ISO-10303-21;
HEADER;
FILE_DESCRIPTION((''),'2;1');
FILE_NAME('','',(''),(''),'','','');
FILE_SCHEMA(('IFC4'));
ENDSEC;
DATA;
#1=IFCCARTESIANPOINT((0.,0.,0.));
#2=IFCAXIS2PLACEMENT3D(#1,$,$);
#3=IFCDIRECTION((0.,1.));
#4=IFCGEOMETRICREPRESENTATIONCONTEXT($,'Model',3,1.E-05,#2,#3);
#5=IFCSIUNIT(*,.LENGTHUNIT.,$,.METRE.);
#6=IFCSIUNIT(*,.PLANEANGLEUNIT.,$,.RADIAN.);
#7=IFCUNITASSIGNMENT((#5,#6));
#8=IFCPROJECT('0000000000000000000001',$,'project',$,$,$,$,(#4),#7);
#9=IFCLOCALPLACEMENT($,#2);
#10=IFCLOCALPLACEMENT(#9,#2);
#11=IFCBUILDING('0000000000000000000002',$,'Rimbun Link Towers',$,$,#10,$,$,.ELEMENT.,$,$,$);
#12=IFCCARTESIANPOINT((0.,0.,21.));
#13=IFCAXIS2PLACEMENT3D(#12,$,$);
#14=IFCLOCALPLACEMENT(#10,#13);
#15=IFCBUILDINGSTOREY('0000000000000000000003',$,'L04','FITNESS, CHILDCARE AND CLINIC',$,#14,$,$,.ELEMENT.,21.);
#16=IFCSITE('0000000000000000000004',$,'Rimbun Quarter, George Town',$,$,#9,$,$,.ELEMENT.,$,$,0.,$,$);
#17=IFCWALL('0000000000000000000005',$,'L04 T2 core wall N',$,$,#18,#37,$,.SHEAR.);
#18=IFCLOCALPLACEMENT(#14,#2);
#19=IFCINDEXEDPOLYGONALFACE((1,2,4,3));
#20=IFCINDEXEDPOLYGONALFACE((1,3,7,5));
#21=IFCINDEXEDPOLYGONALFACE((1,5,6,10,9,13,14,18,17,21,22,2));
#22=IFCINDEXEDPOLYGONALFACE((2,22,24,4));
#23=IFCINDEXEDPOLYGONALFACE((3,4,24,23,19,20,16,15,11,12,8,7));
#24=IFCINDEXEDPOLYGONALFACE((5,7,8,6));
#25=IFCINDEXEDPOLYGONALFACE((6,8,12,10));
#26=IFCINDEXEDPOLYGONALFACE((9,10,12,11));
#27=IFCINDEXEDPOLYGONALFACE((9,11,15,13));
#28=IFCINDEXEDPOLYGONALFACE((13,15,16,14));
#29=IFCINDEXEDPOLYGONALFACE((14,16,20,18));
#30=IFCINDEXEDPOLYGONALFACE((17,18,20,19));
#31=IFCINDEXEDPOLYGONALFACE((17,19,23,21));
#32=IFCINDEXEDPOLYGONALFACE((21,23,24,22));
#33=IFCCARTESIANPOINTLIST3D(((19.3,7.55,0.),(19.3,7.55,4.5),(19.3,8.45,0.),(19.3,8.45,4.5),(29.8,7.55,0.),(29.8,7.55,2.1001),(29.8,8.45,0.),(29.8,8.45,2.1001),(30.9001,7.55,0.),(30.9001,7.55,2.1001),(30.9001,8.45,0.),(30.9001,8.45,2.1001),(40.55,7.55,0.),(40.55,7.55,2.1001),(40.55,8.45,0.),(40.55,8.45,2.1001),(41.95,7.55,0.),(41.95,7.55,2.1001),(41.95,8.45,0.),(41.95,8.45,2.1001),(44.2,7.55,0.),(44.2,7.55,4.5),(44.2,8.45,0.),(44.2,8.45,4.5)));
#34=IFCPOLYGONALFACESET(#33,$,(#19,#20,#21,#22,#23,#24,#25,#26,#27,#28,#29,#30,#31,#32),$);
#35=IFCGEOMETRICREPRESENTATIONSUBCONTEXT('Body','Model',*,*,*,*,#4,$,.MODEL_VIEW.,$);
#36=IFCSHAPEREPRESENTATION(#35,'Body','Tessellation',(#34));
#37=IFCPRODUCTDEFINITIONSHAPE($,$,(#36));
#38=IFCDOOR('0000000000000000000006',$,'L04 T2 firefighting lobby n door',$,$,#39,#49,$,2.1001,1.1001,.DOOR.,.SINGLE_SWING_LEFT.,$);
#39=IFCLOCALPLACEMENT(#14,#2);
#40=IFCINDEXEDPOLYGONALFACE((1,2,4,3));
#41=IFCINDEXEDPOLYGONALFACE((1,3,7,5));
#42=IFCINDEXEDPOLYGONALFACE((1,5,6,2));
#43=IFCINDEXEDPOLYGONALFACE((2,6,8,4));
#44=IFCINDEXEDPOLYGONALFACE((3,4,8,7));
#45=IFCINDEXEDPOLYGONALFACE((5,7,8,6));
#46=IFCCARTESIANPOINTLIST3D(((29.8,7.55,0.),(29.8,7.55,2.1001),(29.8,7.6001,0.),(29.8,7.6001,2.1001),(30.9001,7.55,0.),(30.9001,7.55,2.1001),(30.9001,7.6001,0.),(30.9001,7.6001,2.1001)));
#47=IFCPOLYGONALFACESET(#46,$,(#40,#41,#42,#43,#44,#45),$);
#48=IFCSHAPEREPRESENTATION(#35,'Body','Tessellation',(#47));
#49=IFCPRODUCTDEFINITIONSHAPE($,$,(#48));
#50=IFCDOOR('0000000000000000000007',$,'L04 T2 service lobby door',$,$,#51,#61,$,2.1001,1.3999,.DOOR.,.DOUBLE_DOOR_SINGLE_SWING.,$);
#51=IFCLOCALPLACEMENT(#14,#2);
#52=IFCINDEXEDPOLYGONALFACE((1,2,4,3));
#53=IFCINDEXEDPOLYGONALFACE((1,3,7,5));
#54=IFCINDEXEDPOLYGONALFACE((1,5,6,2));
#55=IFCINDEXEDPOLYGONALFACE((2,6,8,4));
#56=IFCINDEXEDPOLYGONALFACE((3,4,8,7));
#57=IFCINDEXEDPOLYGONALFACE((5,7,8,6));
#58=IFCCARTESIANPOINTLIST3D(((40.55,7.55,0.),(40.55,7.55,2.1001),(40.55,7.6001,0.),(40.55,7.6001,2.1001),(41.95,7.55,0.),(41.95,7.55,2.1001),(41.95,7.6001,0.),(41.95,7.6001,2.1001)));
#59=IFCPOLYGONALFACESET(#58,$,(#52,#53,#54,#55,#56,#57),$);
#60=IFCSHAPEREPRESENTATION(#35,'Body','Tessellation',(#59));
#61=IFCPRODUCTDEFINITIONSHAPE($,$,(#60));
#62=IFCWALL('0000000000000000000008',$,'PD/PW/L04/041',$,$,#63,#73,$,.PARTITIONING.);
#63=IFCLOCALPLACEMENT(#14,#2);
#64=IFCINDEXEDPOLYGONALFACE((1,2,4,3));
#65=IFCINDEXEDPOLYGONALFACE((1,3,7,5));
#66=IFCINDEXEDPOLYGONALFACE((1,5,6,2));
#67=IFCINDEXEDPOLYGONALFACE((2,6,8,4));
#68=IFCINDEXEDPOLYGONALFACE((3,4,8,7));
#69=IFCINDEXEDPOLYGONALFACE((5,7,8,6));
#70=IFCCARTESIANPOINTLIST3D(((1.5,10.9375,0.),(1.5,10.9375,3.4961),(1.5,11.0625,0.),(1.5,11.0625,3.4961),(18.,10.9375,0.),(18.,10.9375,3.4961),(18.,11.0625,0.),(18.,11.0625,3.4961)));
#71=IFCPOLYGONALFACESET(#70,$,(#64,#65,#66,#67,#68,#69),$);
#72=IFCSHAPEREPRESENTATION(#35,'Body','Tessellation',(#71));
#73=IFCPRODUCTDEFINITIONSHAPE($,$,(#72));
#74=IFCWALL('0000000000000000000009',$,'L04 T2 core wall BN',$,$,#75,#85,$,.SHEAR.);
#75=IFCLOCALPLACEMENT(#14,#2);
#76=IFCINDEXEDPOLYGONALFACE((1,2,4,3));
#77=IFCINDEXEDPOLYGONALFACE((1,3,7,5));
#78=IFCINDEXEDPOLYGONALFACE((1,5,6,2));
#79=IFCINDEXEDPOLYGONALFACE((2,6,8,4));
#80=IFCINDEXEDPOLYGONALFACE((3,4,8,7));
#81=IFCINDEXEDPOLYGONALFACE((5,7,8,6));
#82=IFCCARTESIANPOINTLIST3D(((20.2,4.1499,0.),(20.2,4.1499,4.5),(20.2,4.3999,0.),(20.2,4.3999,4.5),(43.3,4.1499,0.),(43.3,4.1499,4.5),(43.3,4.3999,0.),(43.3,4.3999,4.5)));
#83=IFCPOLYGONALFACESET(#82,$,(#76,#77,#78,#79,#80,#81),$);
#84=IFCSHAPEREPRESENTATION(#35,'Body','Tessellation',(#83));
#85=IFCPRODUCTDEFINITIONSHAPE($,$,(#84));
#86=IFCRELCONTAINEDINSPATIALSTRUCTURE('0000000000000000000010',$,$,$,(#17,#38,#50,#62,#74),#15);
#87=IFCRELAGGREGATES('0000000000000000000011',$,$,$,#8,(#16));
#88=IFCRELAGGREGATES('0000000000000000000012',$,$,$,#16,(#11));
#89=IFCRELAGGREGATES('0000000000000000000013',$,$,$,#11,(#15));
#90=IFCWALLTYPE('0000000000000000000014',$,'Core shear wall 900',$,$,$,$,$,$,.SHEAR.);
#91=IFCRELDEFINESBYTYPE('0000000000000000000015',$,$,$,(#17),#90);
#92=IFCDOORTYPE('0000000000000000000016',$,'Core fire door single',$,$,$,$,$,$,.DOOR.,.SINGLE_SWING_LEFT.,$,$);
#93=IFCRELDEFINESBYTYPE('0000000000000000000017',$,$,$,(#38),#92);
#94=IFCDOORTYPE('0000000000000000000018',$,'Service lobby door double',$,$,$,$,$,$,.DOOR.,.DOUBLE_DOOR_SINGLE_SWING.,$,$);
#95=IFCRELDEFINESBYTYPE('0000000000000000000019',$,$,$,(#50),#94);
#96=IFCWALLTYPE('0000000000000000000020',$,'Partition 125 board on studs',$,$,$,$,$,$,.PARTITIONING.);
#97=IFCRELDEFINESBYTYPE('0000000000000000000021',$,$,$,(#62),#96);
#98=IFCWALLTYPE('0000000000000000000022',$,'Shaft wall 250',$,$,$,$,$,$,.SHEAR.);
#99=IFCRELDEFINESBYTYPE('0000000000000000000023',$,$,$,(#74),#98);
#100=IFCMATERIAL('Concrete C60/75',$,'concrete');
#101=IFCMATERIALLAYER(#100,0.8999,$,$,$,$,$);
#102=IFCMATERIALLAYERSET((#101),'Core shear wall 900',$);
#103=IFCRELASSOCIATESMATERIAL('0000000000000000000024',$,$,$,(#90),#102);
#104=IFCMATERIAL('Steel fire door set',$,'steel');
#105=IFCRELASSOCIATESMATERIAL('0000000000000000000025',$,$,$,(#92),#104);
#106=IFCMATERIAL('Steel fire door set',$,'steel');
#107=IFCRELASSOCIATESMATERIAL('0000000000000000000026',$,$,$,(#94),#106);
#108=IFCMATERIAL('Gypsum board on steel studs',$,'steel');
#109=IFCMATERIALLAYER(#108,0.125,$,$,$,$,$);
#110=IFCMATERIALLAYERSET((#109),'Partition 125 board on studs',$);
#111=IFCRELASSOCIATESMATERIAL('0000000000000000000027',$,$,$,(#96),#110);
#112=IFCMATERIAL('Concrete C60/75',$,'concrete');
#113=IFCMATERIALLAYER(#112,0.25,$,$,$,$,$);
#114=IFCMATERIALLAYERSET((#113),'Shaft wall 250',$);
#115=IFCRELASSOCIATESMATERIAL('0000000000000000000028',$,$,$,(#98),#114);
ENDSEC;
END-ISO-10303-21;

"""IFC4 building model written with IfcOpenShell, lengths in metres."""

from ifc_helpers import new_model, si_unit, direction, frame, frame_2d, origin, place, context, subcontext, project, spatial, rectangle, extrude, material, layer, layer_set, type_object, element, fill, save


model = new_model("IFC4")

# Units and contexts
model_context = context("Model", 3, precision=1e-05, world=origin(), true_north=direction((0.0, 1.0)))
body_context = subcontext(model_context, "Body", "Model", "MODEL_VIEW")
ifc_project = project(units=[si_unit("LENGTHUNIT", "METRE"), si_unit("PLANEANGLEUNIT", "RADIAN")], contexts=[model_context])

# Site, building, storey
site_placement = place(None, origin())
site = spatial("IfcSite", under=ifc_project, at=site_placement, Name="Rimbun Quarter, George Town", CompositionType="ELEMENT", RefElevation=0.0)
building_placement = place(site_placement, origin())
building = spatial("IfcBuilding", under=site, at=building_placement, Name="Rimbun Link Towers", CompositionType="ELEMENT")
storey_placement = place(building_placement, frame((0.0, 0.0, 21.0)))
storey = spatial("IfcBuildingStorey", under=building, at=storey_placement, Name="L04", Description="FITNESS, CHILDCARE AND CLINIC", CompositionType="ELEMENT", Elevation=21.0)

# Wall, openings, doors
ifc_material_1 = material(Name="Concrete C60/75", Category="concrete")
ifc_layer_1 = layer(ifc_material_1, 0.8999)
ifc_layer_set_1 = layer_set([ifc_layer_1], Name="Core shear wall 900")
wall_type_1 = type_object("IfcWallType", Name="Core shear wall 900", PredefinedType="SHEAR", material=ifc_layer_set_1)
wall_1_placement = place(storey_placement, frame((19.3, 8.0, 0.0), z_axis=(0.0, 0.0, 1.0), x_axis=(1.0, 0.0, 0.0)))
wall_1 = element("IfcWall", 1, at=wall_1_placement, inside=storey, type_object=wall_type_1, Name="L04 T2 core wall N", PredefinedType="SHEAR", context=body_context, shape_type="SweptSolid", body=[
    extrude(rectangle(XDim=24.8999, YDim=0.8999, at=frame_2d((12.45, 0.0))), origin(), (0.0, 0.0, 1.0), 4.5),
])
opening_1_placement = place(wall_1_placement, frame((10.5, 0.0, 0.0)))
opening_1 = element("IfcOpeningElement", 2, at=opening_1_placement, cuts=wall_1, PredefinedType="OPENING", context=body_context, shape_type="SweptSolid", body=[
    extrude(rectangle(XDim=1.1001, YDim=2.1001, at=frame_2d((0.55, 1.05))), frame((0.0, 0.46, 0.0), z_axis=(0.0, -1.0, 0.0), x_axis=(1.0, 0.0, 0.0)), (0.0, 0.0, 1.0), 0.9199),
])
opening_2_placement = place(wall_1_placement, frame((21.25, 0.0, 0.0)))
opening_2 = element("IfcOpeningElement", 3, at=opening_2_placement, cuts=wall_1, PredefinedType="OPENING", context=body_context, shape_type="SweptSolid", body=[
    extrude(rectangle(XDim=1.3999, YDim=2.1001, at=frame_2d((0.7, 1.05))), frame((0.0, 0.46, 0.0), z_axis=(0.0, -1.0, 0.0), x_axis=(1.0, 0.0, 0.0)), (0.0, 0.0, 1.0), 0.9199),
])
ifc_material_2 = material(Name="Steel fire door set", Category="steel")
door_type_1 = type_object("IfcDoorType", Name="Core fire door single", OperationType="SINGLE_SWING_LEFT", PredefinedType="DOOR", material=ifc_material_2)
door_1_placement = place(opening_1_placement, origin())
door_1 = element("IfcDoor", 4, at=door_1_placement, inside=storey, type_object=door_type_1, Name="L04 T2 firefighting lobby n door", OperationType="SINGLE_SWING_LEFT", OverallHeight=2.1001, OverallWidth=1.1001, PredefinedType="DOOR", context=body_context, shape_type="SweptSolid", body=[
    extrude(rectangle(XDim=1.1001, YDim=2.1001, at=frame_2d((0.55, 1.05))), frame((0.0, -0.3999, 0.0), z_axis=(0.0, -1.0, 0.0), x_axis=(1.0, 0.0, 0.0)), (0.0, 0.0, 1.0), 0.05),
])
fill(opening_1, door_1)
ifc_material_3 = material(Name="Steel fire door set", Category="steel")
door_type_2 = type_object("IfcDoorType", Name="Service lobby door double", OperationType="DOUBLE_DOOR_SINGLE_SWING", PredefinedType="DOOR", material=ifc_material_3)
door_2_placement = place(opening_2_placement, origin())
door_2 = element("IfcDoor", 5, at=door_2_placement, inside=storey, type_object=door_type_2, Name="L04 T2 service lobby door", OperationType="DOUBLE_DOOR_SINGLE_SWING", OverallHeight=2.1001, OverallWidth=1.3999, PredefinedType="DOOR", context=body_context, shape_type="SweptSolid", body=[
    extrude(rectangle(XDim=1.3999, YDim=2.1001, at=frame_2d((0.7, 1.05))), frame((0.0, -0.3999, 0.0), z_axis=(0.0, -1.0, 0.0), x_axis=(1.0, 0.0, 0.0)), (0.0, 0.0, 1.0), 0.05),
])
fill(opening_2, door_2)

# Walls
ifc_material_4 = material(Name="Gypsum board on steel studs", Category="steel")
ifc_layer_2 = layer(ifc_material_4, 0.125)
ifc_layer_set_2 = layer_set([ifc_layer_2], Name="Partition 125 board on studs")
wall_type_2 = type_object("IfcWallType", Name="Partition 125 board on studs", PredefinedType="PARTITIONING", material=ifc_layer_set_2)
wall_2_placement = place(storey_placement, frame((18.0, 11.0, 0.0), z_axis=(0.0, 0.0, 1.0), x_axis=(-1.0, 0.0, 0.0)))
element("IfcWall", 6, at=wall_2_placement, inside=storey, type_object=wall_type_2, Name="PD/PW/L04/041", PredefinedType="PARTITIONING", context=body_context, shape_type="SweptSolid", body=[
    extrude(rectangle(XDim=16.5, YDim=0.125, at=frame_2d((8.25, 0.0))), origin(), (0.0, 0.0, 1.0), 3.4961),
])
ifc_material_5 = material(Name="Concrete C60/75", Category="concrete")
ifc_layer_3 = layer(ifc_material_5, 0.25)
ifc_layer_set_3 = layer_set([ifc_layer_3], Name="Shaft wall 250")
wall_type_3 = type_object("IfcWallType", Name="Shaft wall 250", PredefinedType="SHEAR", material=ifc_layer_set_3)
wall_3_placement = place(storey_placement, frame((20.2, 4.2749, 0.0), z_axis=(0.0, 0.0, 1.0), x_axis=(1.0, 0.0, 0.0)))
element("IfcWall", 7, at=wall_3_placement, inside=storey, type_object=wall_type_3, Name="L04 T2 core wall BN", PredefinedType="SHEAR", context=body_context, shape_type="SweptSolid", body=[
    extrude(rectangle(XDim=23.1001, YDim=0.25, at=frame_2d((11.55, 0.0))), origin(), (0.0, 0.0, 1.0), 4.5),
])

save(model, "model.ifc")
